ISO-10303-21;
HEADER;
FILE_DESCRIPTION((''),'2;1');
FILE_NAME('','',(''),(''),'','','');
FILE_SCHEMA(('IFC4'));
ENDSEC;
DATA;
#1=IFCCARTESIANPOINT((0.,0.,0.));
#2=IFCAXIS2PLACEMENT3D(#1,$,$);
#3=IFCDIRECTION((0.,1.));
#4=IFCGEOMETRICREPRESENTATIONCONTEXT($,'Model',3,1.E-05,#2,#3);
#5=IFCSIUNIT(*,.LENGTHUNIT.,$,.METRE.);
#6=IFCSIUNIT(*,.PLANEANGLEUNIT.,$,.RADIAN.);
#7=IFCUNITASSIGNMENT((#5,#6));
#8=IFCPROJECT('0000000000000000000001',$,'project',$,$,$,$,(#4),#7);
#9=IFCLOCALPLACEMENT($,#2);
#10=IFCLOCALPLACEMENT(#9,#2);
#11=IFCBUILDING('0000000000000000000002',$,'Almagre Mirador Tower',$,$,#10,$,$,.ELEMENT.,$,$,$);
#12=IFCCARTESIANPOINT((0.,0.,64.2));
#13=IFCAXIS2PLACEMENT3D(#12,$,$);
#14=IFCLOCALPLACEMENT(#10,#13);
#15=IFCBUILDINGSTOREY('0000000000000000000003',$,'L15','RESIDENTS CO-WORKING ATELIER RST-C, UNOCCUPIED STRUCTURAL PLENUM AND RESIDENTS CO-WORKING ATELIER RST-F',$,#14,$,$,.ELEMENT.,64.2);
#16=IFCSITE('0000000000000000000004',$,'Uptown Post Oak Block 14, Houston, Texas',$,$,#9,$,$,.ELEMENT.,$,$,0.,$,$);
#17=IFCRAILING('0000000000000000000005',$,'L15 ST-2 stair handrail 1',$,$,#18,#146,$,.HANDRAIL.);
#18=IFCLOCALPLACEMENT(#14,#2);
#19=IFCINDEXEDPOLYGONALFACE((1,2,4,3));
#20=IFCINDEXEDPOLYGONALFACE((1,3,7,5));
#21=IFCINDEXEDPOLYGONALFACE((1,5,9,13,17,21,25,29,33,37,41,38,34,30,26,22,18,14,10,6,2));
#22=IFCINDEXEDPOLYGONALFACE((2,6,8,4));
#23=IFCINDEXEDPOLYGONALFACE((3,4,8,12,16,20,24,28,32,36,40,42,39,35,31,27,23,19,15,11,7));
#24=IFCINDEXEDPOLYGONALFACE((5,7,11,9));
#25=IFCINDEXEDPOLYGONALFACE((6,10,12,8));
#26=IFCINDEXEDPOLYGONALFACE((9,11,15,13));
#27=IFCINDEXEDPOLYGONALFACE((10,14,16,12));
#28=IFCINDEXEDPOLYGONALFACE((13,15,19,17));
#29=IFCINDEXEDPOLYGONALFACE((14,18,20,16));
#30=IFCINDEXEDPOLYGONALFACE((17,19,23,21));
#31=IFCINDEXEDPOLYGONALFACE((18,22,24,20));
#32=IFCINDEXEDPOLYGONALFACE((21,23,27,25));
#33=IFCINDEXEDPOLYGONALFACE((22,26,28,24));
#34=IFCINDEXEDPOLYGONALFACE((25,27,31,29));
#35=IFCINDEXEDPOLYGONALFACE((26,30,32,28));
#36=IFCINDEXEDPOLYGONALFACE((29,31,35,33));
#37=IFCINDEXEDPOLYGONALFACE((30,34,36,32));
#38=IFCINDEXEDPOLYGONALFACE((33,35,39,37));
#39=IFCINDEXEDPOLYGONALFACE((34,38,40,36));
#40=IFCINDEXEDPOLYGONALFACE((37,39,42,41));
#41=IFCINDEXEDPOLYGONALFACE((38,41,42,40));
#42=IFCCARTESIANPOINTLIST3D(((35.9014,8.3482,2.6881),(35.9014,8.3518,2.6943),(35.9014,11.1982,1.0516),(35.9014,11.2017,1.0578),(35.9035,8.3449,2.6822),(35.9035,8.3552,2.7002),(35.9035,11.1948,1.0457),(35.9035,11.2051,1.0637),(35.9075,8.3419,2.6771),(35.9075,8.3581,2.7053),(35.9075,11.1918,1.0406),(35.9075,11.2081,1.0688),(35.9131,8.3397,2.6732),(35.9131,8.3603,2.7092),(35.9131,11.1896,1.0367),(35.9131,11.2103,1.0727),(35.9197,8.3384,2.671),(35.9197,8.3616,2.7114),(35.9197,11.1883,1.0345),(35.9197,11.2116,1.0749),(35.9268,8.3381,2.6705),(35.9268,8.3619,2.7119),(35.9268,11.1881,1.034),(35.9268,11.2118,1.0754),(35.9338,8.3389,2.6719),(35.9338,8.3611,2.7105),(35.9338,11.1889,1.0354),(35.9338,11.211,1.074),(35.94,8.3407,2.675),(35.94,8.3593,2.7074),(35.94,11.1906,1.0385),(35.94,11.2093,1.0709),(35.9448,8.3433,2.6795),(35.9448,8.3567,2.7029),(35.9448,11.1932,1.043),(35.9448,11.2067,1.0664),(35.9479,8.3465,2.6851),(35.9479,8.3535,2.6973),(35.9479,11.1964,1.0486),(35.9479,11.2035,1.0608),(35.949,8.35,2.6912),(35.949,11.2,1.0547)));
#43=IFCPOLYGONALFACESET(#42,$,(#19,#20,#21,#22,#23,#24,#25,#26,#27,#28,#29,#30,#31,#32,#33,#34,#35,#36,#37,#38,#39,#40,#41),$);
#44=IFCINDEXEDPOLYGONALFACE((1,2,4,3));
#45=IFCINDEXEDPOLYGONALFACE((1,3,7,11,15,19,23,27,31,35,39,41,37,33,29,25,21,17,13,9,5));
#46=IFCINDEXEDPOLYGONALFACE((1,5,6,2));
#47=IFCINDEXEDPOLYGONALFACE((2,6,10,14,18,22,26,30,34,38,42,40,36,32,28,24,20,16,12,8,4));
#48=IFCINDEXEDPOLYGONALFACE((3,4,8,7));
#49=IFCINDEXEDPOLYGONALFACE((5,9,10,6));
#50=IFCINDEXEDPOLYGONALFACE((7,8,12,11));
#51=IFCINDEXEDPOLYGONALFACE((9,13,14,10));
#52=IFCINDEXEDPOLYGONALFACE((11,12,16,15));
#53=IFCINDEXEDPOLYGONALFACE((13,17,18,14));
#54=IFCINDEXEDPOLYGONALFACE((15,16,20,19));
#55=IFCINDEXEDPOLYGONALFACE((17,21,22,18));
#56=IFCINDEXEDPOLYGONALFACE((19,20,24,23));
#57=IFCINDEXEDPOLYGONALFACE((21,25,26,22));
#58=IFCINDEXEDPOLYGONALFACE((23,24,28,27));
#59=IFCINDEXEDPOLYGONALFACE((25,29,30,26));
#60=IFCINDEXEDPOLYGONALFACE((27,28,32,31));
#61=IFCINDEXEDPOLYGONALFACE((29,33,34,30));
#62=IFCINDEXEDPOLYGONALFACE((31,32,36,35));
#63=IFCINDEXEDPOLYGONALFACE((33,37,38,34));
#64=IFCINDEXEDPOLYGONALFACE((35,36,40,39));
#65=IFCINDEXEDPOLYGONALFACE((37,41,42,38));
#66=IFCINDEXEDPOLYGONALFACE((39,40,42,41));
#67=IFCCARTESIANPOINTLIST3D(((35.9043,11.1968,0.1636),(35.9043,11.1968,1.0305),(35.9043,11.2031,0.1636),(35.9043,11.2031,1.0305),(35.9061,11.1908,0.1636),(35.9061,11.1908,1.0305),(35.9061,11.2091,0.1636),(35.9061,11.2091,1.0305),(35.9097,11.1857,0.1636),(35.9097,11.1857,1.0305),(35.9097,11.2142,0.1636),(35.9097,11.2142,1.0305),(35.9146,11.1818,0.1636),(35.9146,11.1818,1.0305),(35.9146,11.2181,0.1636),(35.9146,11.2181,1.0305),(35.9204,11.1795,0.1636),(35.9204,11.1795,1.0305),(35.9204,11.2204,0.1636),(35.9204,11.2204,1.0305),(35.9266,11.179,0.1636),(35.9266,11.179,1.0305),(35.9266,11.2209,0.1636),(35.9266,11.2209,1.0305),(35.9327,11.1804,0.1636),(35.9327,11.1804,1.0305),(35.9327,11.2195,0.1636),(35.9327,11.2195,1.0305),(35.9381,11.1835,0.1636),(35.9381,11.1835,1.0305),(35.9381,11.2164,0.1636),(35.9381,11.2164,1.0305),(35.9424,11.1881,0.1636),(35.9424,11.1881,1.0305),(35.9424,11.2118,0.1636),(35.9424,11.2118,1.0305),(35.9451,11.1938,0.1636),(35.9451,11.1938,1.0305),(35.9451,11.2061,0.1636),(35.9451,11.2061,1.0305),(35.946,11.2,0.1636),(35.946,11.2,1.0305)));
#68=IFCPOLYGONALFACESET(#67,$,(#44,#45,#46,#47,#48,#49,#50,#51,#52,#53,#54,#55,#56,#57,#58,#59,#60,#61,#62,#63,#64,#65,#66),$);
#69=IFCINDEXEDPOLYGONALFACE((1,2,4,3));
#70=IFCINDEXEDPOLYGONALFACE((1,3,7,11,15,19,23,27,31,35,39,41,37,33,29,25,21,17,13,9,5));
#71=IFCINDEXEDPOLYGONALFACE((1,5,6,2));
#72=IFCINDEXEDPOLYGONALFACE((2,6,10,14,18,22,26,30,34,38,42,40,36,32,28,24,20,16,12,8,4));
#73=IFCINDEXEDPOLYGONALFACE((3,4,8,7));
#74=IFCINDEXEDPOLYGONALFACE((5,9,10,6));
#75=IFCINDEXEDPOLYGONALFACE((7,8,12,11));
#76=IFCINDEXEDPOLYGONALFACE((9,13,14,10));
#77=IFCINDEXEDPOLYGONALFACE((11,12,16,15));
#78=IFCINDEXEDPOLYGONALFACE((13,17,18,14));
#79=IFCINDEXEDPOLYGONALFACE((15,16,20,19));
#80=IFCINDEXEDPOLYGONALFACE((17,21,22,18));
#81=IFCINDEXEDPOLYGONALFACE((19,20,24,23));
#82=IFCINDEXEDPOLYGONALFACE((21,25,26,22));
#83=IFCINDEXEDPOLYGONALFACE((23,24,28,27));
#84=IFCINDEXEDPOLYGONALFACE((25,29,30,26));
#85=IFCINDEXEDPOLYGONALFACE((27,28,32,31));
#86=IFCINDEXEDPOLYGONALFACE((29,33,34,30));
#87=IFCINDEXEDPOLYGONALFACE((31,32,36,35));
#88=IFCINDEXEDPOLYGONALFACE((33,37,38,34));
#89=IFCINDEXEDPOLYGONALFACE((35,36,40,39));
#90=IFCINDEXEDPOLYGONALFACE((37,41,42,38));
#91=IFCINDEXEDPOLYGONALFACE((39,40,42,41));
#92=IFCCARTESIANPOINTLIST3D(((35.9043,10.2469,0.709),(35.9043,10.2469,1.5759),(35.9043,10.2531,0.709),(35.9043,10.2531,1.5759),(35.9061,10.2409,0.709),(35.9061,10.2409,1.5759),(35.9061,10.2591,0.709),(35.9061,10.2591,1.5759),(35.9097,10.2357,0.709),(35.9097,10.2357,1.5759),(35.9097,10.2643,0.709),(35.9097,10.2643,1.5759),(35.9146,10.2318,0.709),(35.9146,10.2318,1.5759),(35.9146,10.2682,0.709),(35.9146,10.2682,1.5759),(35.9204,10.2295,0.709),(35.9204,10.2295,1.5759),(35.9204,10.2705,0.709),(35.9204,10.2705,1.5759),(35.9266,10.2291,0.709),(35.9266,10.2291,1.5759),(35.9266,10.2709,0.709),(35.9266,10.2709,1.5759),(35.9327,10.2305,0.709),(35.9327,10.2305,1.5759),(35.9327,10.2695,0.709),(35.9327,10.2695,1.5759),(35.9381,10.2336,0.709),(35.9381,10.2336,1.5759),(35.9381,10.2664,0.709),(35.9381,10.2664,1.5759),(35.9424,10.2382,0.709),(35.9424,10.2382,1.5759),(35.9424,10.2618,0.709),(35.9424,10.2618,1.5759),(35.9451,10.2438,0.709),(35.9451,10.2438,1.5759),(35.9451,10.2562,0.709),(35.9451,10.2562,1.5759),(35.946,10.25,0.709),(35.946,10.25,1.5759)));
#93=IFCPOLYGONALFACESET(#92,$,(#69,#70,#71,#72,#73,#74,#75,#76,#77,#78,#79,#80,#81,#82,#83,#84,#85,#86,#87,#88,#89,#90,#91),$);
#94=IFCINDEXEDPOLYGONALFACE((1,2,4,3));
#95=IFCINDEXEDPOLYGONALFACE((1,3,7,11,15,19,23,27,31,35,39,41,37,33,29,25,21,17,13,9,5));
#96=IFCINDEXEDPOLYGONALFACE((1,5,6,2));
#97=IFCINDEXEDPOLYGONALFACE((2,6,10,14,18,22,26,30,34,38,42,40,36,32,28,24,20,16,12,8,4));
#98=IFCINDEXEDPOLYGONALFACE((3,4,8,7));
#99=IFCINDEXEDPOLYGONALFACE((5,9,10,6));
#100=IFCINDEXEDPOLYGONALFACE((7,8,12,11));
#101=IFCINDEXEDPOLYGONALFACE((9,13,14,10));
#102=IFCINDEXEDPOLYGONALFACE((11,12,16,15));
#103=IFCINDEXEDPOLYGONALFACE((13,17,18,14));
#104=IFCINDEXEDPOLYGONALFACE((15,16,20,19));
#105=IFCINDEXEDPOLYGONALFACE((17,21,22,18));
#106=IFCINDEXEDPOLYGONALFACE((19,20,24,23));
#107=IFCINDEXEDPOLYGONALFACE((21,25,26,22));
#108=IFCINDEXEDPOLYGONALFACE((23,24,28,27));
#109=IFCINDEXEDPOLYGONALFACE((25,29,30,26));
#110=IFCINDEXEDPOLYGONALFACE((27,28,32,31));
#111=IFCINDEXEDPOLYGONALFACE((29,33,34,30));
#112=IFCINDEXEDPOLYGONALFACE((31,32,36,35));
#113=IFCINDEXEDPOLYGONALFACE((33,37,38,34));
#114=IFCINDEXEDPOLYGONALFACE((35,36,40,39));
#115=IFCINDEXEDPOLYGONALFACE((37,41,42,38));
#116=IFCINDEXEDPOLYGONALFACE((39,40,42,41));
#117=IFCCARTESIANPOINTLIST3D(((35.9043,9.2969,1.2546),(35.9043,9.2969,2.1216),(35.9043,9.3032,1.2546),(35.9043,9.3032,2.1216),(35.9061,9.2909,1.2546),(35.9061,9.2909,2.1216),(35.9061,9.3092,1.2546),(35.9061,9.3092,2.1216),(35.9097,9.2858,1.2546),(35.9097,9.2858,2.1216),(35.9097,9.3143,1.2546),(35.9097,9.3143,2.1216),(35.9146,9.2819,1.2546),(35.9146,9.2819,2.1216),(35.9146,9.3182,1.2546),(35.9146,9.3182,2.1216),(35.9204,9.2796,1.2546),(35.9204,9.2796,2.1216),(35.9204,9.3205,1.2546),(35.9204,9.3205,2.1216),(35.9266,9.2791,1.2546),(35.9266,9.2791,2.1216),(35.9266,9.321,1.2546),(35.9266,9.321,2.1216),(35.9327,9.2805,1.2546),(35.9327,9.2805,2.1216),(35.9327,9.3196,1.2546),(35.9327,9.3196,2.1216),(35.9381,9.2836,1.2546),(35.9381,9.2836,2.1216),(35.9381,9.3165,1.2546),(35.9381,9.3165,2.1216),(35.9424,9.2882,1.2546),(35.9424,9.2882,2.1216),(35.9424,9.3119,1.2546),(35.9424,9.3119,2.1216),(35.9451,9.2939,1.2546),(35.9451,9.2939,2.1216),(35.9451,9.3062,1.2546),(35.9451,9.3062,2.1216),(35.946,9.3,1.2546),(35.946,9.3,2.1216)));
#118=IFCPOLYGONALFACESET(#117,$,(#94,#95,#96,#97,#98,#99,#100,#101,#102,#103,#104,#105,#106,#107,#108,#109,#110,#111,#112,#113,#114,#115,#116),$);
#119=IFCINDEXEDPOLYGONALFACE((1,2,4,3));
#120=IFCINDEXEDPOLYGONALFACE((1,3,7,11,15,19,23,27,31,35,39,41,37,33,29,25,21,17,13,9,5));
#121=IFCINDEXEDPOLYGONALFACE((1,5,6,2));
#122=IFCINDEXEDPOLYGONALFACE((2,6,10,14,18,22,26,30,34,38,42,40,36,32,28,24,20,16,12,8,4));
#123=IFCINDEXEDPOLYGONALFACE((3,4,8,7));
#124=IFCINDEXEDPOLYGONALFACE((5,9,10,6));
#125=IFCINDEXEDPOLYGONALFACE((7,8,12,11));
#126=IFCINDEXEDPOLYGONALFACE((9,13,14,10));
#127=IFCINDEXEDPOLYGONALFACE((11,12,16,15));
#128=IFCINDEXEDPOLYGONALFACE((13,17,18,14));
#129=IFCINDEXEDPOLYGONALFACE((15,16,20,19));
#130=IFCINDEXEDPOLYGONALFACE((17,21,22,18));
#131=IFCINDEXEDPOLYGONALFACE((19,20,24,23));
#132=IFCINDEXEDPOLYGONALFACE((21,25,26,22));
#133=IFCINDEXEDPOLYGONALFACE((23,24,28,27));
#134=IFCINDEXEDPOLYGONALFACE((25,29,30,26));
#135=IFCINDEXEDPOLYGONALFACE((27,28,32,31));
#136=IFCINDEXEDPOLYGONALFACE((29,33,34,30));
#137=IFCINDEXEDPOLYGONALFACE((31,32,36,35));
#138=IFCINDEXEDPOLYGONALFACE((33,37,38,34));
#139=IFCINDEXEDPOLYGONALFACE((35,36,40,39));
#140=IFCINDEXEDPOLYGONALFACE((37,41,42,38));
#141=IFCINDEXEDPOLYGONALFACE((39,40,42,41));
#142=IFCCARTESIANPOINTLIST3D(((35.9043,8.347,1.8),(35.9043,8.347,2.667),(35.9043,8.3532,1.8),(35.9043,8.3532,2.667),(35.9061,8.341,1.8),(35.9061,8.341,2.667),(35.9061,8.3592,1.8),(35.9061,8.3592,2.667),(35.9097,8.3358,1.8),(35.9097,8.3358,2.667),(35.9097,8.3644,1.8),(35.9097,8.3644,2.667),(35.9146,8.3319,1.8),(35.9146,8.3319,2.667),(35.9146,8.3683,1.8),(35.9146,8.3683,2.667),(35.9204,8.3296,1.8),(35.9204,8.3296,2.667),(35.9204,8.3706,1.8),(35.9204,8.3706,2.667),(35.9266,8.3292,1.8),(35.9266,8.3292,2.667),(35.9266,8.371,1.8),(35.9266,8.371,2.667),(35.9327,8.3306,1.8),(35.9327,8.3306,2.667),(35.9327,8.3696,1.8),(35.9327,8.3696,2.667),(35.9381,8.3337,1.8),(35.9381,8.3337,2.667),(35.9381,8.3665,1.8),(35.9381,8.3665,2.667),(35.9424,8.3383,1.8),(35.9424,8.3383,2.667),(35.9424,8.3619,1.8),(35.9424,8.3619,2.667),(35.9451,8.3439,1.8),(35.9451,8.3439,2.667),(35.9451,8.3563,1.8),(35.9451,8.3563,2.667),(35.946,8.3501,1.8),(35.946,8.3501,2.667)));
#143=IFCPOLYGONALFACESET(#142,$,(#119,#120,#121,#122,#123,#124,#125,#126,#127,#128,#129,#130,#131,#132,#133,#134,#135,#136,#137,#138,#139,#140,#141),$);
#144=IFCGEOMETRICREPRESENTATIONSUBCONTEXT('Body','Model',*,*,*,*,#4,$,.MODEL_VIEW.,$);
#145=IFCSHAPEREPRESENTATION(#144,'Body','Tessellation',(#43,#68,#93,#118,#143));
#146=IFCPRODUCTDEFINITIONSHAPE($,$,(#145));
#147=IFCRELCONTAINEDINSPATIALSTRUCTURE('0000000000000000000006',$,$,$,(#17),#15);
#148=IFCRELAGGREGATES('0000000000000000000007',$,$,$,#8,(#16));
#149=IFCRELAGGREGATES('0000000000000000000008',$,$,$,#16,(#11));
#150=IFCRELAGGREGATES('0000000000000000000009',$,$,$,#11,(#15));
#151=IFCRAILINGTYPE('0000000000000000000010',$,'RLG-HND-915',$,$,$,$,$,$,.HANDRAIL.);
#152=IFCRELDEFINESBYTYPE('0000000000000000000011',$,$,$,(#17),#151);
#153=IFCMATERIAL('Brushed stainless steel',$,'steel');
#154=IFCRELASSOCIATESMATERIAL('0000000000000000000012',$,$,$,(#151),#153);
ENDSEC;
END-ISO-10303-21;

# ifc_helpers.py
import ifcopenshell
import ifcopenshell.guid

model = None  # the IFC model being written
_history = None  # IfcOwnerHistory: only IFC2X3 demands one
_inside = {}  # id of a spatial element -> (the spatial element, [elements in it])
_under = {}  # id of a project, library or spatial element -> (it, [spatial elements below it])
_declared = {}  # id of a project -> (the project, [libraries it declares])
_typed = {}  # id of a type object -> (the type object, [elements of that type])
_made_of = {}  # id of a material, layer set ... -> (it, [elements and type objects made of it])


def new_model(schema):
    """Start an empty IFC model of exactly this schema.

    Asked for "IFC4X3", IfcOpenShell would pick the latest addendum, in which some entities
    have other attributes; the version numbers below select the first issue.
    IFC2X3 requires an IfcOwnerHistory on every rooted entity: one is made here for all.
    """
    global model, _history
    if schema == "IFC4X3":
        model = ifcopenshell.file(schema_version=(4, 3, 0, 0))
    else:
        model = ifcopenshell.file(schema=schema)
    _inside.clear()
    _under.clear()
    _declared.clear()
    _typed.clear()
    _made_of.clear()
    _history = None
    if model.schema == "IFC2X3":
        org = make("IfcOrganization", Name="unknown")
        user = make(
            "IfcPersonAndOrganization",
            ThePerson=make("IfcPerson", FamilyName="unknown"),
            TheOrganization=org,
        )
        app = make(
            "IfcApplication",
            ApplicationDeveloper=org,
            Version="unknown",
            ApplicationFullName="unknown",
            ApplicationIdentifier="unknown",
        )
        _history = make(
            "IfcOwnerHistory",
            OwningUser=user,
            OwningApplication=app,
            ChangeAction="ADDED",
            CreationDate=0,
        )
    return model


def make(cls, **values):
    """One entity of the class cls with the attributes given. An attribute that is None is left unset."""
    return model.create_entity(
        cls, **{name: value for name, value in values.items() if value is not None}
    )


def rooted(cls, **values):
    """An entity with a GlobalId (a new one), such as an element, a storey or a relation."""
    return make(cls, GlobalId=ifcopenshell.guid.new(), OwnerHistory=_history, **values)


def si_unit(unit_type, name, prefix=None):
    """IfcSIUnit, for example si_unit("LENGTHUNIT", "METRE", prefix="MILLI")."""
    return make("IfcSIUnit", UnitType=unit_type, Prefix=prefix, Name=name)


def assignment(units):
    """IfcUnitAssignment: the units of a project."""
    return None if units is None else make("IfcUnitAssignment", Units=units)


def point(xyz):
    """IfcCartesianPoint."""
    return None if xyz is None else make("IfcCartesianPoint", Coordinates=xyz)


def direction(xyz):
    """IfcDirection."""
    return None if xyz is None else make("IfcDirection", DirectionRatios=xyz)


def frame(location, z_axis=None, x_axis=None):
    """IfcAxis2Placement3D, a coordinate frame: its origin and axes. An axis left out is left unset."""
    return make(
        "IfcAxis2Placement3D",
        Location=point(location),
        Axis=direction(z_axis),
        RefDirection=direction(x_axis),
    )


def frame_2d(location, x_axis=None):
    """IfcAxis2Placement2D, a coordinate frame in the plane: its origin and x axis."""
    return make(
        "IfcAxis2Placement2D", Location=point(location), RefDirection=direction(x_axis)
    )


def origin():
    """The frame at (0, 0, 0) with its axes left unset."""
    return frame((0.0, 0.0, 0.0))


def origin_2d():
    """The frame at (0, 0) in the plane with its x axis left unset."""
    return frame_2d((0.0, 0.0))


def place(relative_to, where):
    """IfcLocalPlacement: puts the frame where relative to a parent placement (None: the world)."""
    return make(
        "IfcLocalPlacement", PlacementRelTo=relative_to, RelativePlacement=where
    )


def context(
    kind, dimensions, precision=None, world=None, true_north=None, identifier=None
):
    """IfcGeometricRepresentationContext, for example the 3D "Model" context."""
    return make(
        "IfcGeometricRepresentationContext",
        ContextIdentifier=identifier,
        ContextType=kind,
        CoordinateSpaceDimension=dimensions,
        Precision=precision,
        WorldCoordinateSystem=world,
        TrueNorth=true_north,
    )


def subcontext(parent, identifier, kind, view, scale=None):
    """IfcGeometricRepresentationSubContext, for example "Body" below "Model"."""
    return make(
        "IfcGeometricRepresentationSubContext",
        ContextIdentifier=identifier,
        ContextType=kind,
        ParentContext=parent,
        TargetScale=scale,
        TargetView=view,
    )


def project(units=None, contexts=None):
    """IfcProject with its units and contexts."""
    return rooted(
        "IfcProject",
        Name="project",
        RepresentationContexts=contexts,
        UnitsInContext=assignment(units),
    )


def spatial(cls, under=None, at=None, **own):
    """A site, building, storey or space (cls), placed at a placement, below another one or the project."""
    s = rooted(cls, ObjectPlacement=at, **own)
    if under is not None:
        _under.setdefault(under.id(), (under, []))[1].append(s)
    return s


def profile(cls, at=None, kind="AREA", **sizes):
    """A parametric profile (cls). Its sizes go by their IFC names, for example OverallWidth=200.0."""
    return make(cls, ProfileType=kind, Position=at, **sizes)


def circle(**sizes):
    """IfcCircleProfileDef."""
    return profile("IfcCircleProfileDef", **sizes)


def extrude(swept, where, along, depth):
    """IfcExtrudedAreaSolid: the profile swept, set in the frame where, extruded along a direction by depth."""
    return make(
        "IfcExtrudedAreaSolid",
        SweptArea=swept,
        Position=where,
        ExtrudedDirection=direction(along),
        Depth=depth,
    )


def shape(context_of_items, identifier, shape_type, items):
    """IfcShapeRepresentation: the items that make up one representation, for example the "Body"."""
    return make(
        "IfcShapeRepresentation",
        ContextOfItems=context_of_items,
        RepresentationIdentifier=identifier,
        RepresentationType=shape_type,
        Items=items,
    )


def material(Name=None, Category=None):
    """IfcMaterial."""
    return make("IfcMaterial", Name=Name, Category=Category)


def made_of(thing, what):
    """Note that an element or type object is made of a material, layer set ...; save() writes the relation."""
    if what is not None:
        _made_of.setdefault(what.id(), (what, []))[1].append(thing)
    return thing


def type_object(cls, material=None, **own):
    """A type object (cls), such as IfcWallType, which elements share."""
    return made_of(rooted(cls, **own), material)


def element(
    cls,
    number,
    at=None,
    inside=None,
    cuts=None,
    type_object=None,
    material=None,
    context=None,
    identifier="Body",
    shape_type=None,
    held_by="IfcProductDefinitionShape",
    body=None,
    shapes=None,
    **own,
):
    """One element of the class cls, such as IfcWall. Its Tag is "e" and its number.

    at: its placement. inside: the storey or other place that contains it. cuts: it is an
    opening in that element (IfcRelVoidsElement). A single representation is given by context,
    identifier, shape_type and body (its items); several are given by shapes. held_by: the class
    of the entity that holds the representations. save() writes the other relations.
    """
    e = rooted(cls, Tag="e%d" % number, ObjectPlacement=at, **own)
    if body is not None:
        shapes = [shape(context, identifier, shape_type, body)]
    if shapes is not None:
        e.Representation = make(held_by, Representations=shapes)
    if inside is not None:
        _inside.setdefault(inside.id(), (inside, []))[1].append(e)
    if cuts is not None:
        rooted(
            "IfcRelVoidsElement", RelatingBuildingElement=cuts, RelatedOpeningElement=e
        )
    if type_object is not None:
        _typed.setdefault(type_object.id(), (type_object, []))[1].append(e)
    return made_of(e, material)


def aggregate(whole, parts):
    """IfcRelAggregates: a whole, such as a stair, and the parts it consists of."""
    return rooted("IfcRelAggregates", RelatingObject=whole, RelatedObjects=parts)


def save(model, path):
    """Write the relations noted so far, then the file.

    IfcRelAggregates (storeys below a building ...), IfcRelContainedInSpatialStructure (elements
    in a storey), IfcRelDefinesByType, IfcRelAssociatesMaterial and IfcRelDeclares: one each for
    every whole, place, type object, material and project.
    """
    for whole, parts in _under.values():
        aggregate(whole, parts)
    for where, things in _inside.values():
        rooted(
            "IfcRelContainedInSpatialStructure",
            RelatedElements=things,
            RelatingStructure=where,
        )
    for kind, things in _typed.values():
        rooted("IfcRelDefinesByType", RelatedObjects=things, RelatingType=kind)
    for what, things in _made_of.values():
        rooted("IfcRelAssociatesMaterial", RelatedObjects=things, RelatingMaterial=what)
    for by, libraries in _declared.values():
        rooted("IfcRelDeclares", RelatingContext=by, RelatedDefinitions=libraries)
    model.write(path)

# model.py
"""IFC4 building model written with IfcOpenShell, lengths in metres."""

from ifc_helpers import new_model, si_unit, direction, frame, origin, origin_2d, place, context, subcontext, project, spatial, circle, extrude, material, type_object, element, save


model = new_model("IFC4")

# Units and contexts
model_context = context("Model", 3, precision=1e-05, world=origin(), true_north=direction((0.0, 1.0)))
body_context = subcontext(model_context, "Body", "Model", "MODEL_VIEW")
ifc_project = project(units=[si_unit("LENGTHUNIT", "METRE"), si_unit("PLANEANGLEUNIT", "RADIAN")], contexts=[model_context])

# Site, building, storey
site_placement = place(None, origin())
site = spatial("IfcSite", under=ifc_project, at=site_placement, Name="Uptown Post Oak Block 14, Houston, Texas", CompositionType="ELEMENT", RefElevation=0.0)
building_placement = place(site_placement, origin())
building = spatial("IfcBuilding", under=site, at=building_placement, Name="Almagre Mirador Tower", CompositionType="ELEMENT")
storey_placement = place(building_placement, frame((0.0, 0.0, 64.2)))
storey = spatial("IfcBuildingStorey", under=building, at=storey_placement, Name="L15", Description="RESIDENTS CO-WORKING ATELIER RST-C, UNOCCUPIED STRUCTURAL PLENUM AND RESIDENTS CO-WORKING ATELIER RST-F", CompositionType="ELEMENT", Elevation=64.2)

# Railing
ifc_material_1 = material(Name="Brushed stainless steel", Category="steel")
railing_type_1 = type_object("IfcRailingType", Name="RLG-HND-915", PredefinedType="HANDRAIL", material=ifc_material_1)
railing_1_placement = place(storey_placement, frame((35.925, 11.2, 0.1636)))
element("IfcRailing", 1, at=railing_1_placement, inside=storey, type_object=railing_type_1, Name="L15 ST-2 stair handrail 1", PredefinedType="HANDRAIL", context=body_context, shape_type="SweptSolid", body=[
    extrude(circle(Radius=0.0239, at=origin_2d()), frame((0.0, 0.0, 0.8911), z_axis=(0.0, -0.867194, 0.49797), x_axis=(1.0, 0.0, 0.0)), (0.0, 0.0, 1.0), 3.2864),
    extrude(circle(Radius=0.021, at=origin_2d()), origin(), (0.0, 0.0, 1.0), 0.8669),
    extrude(circle(Radius=0.021, at=origin_2d()), frame((0.0, -0.95, 0.5454)), (0.0, 0.0, 1.0), 0.8669),
    extrude(circle(Radius=0.021, at=origin_2d()), frame((0.0, -1.8999, 1.0911)), (0.0, 0.0, 1.0), 0.8669),
    extrude(circle(Radius=0.021, at=origin_2d()), frame((0.0, -2.8499, 1.6365)), (0.0, 0.0, 1.0), 0.8669),
])

save(model, "model.ifc")
